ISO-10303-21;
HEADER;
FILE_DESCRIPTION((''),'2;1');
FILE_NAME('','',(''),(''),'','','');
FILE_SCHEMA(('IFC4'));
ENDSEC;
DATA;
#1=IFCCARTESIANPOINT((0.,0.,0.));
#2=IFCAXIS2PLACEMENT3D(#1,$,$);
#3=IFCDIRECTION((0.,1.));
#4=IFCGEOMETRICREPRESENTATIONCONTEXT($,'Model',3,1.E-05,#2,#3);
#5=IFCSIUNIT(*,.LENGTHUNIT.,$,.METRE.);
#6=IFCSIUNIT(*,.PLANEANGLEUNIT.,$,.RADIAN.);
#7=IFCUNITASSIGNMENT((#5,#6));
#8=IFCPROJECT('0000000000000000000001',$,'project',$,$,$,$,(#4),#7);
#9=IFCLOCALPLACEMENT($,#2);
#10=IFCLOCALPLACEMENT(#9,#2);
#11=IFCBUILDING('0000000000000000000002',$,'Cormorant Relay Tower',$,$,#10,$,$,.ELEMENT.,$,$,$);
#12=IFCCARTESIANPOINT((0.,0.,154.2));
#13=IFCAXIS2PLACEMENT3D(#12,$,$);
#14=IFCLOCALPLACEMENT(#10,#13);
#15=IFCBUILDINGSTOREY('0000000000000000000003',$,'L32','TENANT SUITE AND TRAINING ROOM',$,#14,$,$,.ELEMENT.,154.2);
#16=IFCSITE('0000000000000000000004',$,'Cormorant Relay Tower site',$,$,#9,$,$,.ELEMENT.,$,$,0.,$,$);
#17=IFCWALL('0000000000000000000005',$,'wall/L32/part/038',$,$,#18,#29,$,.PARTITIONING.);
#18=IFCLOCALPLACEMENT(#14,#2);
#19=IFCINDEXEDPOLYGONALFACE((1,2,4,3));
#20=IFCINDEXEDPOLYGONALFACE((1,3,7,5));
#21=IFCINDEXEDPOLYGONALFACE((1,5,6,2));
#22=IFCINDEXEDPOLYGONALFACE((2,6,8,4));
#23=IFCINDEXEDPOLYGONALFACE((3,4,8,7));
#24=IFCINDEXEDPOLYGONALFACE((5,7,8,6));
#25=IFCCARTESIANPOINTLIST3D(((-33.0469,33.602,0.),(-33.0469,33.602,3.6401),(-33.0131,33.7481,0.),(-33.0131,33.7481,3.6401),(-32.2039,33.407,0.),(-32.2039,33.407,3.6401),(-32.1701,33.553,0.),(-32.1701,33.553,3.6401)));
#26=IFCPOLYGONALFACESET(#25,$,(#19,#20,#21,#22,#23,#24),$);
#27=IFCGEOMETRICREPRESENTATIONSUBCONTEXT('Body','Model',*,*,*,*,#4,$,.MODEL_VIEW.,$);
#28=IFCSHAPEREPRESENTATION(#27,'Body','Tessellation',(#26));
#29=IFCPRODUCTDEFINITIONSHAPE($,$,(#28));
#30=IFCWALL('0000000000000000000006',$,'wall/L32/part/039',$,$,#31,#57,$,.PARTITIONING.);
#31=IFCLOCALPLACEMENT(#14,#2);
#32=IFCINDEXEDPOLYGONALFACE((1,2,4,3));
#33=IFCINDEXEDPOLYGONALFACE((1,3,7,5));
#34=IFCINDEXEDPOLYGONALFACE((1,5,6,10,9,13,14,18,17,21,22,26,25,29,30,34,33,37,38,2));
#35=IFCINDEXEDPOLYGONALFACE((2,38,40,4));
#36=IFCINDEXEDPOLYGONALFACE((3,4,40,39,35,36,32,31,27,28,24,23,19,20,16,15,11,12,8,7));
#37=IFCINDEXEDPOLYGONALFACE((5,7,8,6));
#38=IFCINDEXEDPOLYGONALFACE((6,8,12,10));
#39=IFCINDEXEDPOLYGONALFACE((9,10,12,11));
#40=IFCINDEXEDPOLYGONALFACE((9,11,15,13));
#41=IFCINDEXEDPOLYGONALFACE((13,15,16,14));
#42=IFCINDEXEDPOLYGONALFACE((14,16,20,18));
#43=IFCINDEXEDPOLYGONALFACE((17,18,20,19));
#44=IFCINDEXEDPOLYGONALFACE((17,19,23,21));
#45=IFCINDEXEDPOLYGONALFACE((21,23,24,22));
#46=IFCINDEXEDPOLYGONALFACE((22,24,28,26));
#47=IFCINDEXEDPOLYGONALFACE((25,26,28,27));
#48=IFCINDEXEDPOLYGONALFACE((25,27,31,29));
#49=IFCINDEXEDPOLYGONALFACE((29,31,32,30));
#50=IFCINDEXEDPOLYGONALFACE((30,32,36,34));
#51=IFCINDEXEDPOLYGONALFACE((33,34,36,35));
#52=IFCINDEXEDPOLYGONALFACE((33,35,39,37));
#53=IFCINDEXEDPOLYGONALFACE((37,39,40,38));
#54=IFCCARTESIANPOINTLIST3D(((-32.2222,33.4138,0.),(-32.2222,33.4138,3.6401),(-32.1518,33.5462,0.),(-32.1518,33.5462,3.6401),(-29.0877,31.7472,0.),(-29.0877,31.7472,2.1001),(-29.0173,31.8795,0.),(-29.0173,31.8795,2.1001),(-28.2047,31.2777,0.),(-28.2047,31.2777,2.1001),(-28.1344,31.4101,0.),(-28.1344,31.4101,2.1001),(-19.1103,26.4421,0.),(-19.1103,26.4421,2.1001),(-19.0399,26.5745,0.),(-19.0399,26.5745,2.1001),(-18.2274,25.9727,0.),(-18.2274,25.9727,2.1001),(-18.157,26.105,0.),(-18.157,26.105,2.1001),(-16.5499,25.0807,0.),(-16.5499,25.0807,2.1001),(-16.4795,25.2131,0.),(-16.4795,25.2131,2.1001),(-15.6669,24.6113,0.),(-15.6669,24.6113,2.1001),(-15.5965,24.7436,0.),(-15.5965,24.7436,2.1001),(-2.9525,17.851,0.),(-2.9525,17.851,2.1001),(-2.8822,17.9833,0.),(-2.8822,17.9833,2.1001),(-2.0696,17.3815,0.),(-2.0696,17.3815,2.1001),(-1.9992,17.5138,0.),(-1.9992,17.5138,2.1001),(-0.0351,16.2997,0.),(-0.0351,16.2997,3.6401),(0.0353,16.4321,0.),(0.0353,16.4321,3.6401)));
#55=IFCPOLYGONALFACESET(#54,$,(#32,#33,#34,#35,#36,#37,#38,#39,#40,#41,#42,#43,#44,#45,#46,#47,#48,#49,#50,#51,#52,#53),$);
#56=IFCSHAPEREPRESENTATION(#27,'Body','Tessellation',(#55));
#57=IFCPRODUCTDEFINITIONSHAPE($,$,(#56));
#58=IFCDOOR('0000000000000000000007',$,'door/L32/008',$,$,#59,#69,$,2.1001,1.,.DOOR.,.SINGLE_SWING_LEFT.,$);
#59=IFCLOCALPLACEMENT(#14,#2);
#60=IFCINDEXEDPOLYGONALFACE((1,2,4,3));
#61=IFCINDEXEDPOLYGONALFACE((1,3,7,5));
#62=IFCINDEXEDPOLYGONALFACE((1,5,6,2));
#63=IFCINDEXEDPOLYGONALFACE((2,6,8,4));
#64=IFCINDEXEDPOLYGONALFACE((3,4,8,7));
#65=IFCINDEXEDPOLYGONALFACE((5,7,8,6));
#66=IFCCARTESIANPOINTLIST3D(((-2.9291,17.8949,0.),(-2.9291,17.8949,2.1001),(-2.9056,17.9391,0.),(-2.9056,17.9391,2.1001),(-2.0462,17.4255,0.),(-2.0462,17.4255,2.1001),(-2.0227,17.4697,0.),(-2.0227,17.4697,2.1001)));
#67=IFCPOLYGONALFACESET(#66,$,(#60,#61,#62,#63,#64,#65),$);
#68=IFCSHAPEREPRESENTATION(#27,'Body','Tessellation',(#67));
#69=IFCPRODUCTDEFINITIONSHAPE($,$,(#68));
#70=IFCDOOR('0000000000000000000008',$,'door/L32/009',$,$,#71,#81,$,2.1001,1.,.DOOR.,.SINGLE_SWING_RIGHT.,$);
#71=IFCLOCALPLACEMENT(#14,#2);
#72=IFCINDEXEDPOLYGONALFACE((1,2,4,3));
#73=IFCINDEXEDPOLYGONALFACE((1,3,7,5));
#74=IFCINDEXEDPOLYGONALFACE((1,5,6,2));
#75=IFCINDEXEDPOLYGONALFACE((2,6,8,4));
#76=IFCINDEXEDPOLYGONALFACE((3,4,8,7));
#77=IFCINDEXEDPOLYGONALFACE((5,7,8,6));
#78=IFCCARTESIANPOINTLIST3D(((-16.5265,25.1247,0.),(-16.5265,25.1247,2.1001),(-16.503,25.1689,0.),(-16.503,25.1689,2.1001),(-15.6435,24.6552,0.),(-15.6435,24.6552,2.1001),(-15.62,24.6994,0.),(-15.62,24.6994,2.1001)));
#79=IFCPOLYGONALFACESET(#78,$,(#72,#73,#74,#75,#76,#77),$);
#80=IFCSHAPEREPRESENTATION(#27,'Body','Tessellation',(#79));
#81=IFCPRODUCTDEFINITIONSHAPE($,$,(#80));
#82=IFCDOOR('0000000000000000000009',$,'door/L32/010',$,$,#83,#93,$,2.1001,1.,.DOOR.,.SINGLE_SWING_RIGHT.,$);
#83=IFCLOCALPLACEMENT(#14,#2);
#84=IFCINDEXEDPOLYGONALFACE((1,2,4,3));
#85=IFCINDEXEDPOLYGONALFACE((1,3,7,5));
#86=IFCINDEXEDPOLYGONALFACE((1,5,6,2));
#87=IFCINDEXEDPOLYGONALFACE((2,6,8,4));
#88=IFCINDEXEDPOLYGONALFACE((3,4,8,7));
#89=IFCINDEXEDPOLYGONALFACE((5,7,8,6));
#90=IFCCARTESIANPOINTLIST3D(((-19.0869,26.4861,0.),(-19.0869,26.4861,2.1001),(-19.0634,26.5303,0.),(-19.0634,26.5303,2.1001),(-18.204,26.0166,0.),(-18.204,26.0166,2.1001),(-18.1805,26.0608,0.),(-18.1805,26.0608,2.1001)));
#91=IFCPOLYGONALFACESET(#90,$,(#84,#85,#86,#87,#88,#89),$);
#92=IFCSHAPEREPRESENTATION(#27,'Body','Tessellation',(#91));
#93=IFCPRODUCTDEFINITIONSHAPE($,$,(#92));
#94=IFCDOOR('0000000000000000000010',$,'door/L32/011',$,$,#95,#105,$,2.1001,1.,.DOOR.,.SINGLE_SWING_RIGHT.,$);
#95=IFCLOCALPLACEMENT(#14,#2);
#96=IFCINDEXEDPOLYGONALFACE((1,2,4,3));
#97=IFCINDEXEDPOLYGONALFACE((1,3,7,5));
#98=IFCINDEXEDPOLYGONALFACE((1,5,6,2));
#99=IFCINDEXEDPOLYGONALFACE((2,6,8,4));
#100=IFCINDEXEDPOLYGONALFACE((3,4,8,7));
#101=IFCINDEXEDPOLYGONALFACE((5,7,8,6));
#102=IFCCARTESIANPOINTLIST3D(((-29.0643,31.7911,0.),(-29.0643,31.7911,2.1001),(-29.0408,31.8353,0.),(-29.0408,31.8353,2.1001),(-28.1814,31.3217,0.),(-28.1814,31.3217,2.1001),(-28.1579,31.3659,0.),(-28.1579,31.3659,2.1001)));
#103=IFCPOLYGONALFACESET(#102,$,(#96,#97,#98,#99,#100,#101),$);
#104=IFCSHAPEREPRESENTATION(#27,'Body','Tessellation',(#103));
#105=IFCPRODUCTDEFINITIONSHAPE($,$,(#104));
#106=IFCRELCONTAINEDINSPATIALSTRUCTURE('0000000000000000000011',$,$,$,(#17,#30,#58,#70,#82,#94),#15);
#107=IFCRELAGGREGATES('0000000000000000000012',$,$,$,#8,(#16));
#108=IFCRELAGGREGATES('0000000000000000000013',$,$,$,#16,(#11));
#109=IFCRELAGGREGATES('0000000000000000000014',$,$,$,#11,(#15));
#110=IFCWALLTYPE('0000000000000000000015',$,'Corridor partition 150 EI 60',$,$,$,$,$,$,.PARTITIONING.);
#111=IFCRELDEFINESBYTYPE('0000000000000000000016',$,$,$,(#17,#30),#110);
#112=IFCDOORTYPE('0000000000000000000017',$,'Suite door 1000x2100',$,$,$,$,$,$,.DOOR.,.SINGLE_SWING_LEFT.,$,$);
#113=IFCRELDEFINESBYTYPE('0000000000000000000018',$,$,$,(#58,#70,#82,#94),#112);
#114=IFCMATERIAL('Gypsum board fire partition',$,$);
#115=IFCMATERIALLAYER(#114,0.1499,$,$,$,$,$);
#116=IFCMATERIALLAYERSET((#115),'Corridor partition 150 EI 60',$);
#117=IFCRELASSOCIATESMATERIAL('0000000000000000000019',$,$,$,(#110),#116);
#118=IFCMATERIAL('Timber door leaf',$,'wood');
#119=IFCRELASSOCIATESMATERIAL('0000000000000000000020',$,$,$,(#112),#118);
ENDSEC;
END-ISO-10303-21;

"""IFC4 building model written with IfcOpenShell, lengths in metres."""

from ifc_helpers import new_model, si_unit, direction, frame, frame_2d, origin, place, context, subcontext, project, spatial, rectangle, extrude, material, layer, layer_set, type_object, element, fill, save


model = new_model("IFC4")

# Units and contexts
model_context = context("Model", 3, precision=1e-05, world=origin(), true_north=direction((0.0, 1.0)))
body_context = subcontext(model_context, "Body", "Model", "MODEL_VIEW")
ifc_project = project(units=[si_unit("LENGTHUNIT", "METRE"), si_unit("PLANEANGLEUNIT", "RADIAN")], contexts=[model_context])

# Site, building, storey
site_placement = place(None, origin())
site = spatial("IfcSite", under=ifc_project, at=site_placement, Name="Cormorant Relay Tower site", CompositionType="ELEMENT", RefElevation=0.0)
building_placement = place(site_placement, origin())
building = spatial("IfcBuilding", under=site, at=building_placement, Name="Cormorant Relay Tower", CompositionType="ELEMENT")
storey_placement = place(building_placement, frame((0.0, 0.0, 154.2)))
storey = spatial("IfcBuildingStorey", under=building, at=storey_placement, Name="L32", Description="TENANT SUITE AND TRAINING ROOM", CompositionType="ELEMENT", Elevation=154.2)

# Shared definitions
ifc_material_1 = material(Name="Gypsum board fire partition")
ifc_layer_1 = layer(ifc_material_1, 0.1499)
ifc_layer_set_1 = layer_set([ifc_layer_1], Name="Corridor partition 150 EI 60")
wall_type_1 = type_object("IfcWallType", Name="Corridor partition 150 EI 60", PredefinedType="PARTITIONING", material=ifc_layer_set_1)

# Shared definitions
ifc_material_2 = material(Name="Timber door leaf", Category="wood")
door_type_1 = type_object("IfcDoorType", Name="Suite door 1000x2100", OperationType="SINGLE_SWING_LEFT", PredefinedType="DOOR", material=ifc_material_2)

# Wall
wall_1_placement = place(storey_placement, frame((-32.187, 33.48, 0.0), z_axis=(0.0, 0.0, 1.0), x_axis=(-0.974258, 0.225436, 0.0)))
element("IfcWall", 1, at=wall_1_placement, inside=storey, type_object=wall_type_1, Name="wall/L32/part/038", PredefinedType="PARTITIONING", context=body_context, shape_type="SweptSolid", body=[
    extrude(rectangle(XDim=0.8652, YDim=0.1499, at=frame_2d((0.4326, 0.0))), origin(), (0.0, 0.0, 1.0), 3.6401),
])

# Wall, openings, doors
wall_2_placement = place(storey_placement, frame((-32.187, 33.48, 0.0), z_axis=(0.0, 0.0, 1.0), x_axis=(0.882949, -0.469469, 0.0)))
wall_2 = element("IfcWall", 2, at=wall_2_placement, inside=storey, type_object=wall_type_1, Name="wall/L32/part/039", PredefinedType="PARTITIONING", context=body_context, shape_type="SweptSolid", body=[
    extrude(rectangle(XDim=36.4541, YDim=0.1499, at=frame_2d((18.2271, 0.0))), origin(), (0.0, 0.0, 1.0), 3.6401),
])
opening_1_placement = place(wall_2_placement, frame((33.1499, 0.0, 0.0)))
opening_1 = element("IfcOpeningElement", 3, at=opening_1_placement, cuts=wall_2, PredefinedType="OPENING", context=body_context, shape_type="SweptSolid", body=[
    extrude(rectangle(XDim=1.0, YDim=2.1001, at=frame_2d((0.5, 1.05))), frame((0.0, 0.085, 0.0), z_axis=(0.0, -1.0, 0.0), x_axis=(1.0, 0.0, 0.0)), (0.0, 0.0, 1.0), 0.1699),
])
opening_2_placement = place(wall_2_placement, frame((17.75, 0.0, 0.0)))
opening_2 = element("IfcOpeningElement", 4, at=opening_2_placement, cuts=wall_2, PredefinedType="OPENING", context=body_context, shape_type="SweptSolid", body=[
    extrude(rectangle(XDim=1.0, YDim=2.1001, at=frame_2d((0.5, 1.05))), frame((0.0, 0.085, 0.0), z_axis=(0.0, -1.0, 0.0), x_axis=(1.0, 0.0, 0.0)), (0.0, 0.0, 1.0), 0.1699),
])
opening_3_placement = place(wall_2_placement, frame((14.8501, 0.0, 0.0)))
opening_3 = element("IfcOpeningElement", 5, at=opening_3_placement, cuts=wall_2, PredefinedType="OPENING", context=body_context, shape_type="SweptSolid", body=[
    extrude(rectangle(XDim=1.0, YDim=2.1001, at=frame_2d((0.5, 1.05))), frame((0.0, 0.085, 0.0), z_axis=(0.0, -1.0, 0.0), x_axis=(1.0, 0.0, 0.0)), (0.0, 0.0, 1.0), 0.1699),
])
opening_4_placement = place(wall_2_placement, frame((3.55, 0.0, 0.0)))
opening_4 = element("IfcOpeningElement", 6, at=opening_4_placement, cuts=wall_2, PredefinedType="OPENING", context=body_context, shape_type="SweptSolid", body=[
    extrude(rectangle(XDim=1.0, YDim=2.1001, at=frame_2d((0.5, 1.05))), frame((0.0, 0.085, 0.0), z_axis=(0.0, -1.0, 0.0), x_axis=(1.0, 0.0, 0.0)), (0.0, 0.0, 1.0), 0.1699),
])
door_1_placement = place(opening_1_placement, origin())
door_1 = element("IfcDoor", 7, at=door_1_placement, inside=storey, type_object=door_type_1, Name="door/L32/008", OperationType="SINGLE_SWING_LEFT", OverallHeight=2.1001, OverallWidth=1.0, PredefinedType="DOOR", context=body_context, shape_type="SweptSolid", body=[
    extrude(rectangle(XDim=1.0, YDim=2.1001, at=frame_2d((0.5, 1.05))), frame((0.0, 0.0249, 0.0), z_axis=(0.0, -1.0, 0.0), x_axis=(1.0, 0.0, 0.0)), (0.0, 0.0, 1.0), 0.05),
])
fill(opening_1, door_1)
door_2_placement = place(opening_2_placement, origin())
door_2 = element("IfcDoor", 8, at=door_2_placement, inside=storey, type_object=door_type_1, Name="door/L32/009", OperationType="SINGLE_SWING_RIGHT", OverallHeight=2.1001, OverallWidth=1.0, PredefinedType="DOOR", context=body_context, shape_type="SweptSolid", body=[
    extrude(rectangle(XDim=1.0, YDim=2.1001, at=frame_2d((0.5, 1.05))), frame((0.0, 0.0249, 0.0), z_axis=(0.0, -1.0, 0.0), x_axis=(1.0, 0.0, 0.0)), (0.0, 0.0, 1.0), 0.05),
])
fill(opening_2, door_2)
door_3_placement = place(opening_3_placement, origin())
door_3 = element("IfcDoor", 9, at=door_3_placement, inside=storey, type_object=door_type_1, Name="door/L32/010", OperationType="SINGLE_SWING_RIGHT", OverallHeight=2.1001, OverallWidth=1.0, PredefinedType="DOOR", context=body_context, shape_type="SweptSolid", body=[
    extrude(rectangle(XDim=1.0, YDim=2.1001, at=frame_2d((0.5, 1.05))), frame((0.0, 0.0249, 0.0), z_axis=(0.0, -1.0, 0.0), x_axis=(1.0, 0.0, 0.0)), (0.0, 0.0, 1.0), 0.05),
])
fill(opening_3, door_3)
door_4_placement = place(opening_4_placement, origin())
door_4 = element("IfcDoor", 10, at=door_4_placement, inside=storey, type_object=door_type_1, Name="door/L32/011", OperationType="SINGLE_SWING_RIGHT", OverallHeight=2.1001, OverallWidth=1.0, PredefinedType="DOOR", context=body_context, shape_type="SweptSolid", body=[
    extrude(rectangle(XDim=1.0, YDim=2.1001, at=frame_2d((0.5, 1.05))), frame((0.0, 0.0249, 0.0), z_axis=(0.0, -1.0, 0.0), x_axis=(1.0, 0.0, 0.0)), (0.0, 0.0, 1.0), 0.05),
])
fill(opening_4, door_4)

save(model, "model.ifc")
